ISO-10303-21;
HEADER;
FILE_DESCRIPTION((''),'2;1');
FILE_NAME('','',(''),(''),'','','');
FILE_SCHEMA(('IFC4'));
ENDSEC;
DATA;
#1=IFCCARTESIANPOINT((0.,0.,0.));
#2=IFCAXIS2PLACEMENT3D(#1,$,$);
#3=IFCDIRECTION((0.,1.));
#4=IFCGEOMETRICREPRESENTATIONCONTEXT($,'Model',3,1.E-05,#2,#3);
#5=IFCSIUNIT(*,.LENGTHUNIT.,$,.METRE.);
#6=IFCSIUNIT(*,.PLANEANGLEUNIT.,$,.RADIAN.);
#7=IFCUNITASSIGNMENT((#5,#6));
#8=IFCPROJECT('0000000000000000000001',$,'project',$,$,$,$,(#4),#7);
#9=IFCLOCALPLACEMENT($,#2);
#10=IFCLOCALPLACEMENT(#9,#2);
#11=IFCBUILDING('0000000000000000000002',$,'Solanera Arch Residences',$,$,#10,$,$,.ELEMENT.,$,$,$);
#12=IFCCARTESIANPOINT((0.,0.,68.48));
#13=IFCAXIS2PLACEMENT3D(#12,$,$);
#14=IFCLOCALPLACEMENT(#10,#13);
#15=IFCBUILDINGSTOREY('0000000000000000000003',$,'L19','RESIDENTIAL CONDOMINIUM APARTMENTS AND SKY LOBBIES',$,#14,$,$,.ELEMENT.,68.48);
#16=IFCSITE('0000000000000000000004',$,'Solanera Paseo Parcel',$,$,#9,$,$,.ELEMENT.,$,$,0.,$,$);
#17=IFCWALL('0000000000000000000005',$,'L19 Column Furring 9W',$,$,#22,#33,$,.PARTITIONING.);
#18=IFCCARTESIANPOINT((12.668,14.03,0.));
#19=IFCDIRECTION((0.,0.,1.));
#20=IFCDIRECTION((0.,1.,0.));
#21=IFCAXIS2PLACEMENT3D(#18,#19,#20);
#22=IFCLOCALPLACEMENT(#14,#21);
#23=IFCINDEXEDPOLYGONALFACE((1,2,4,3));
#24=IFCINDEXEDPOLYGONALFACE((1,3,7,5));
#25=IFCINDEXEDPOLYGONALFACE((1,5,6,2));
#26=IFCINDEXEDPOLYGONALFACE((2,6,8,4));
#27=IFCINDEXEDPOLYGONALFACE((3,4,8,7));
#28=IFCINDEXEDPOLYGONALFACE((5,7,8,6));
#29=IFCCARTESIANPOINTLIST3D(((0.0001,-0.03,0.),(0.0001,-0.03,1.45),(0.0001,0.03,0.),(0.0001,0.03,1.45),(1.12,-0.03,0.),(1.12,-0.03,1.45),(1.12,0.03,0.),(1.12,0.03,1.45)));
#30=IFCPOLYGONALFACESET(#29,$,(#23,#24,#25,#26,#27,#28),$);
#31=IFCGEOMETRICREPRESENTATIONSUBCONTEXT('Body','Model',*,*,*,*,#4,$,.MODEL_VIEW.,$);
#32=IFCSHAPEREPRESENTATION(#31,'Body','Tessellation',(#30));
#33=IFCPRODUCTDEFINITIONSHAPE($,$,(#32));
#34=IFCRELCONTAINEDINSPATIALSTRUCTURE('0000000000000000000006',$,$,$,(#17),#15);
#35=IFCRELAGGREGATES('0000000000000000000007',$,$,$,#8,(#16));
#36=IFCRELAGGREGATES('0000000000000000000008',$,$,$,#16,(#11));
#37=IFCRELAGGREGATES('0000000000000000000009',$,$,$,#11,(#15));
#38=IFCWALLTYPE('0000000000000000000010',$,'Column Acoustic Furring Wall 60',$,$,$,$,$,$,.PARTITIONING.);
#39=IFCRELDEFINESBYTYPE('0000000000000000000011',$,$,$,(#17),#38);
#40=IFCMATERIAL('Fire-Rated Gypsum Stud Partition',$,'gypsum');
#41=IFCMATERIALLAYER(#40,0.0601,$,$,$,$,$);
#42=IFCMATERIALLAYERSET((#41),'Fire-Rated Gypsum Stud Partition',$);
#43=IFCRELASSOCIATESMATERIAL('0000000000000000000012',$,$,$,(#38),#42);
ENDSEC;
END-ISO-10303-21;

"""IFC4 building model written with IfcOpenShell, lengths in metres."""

from ifc_helpers import new_model, si_unit, direction, frame, frame_2d, origin, place, context, subcontext, project, spatial, rectangle, extrude, material, layer, layer_set, type_object, element, save


model = new_model("IFC4")

# Units and contexts
model_context = context("Model", 3, precision=1e-05, world=origin(), true_north=direction((0.0, 1.0)))
body_context = subcontext(model_context, "Body", "Model", "MODEL_VIEW")
ifc_project = project(units=[si_unit("LENGTHUNIT", "METRE"), si_unit("PLANEANGLEUNIT", "RADIAN")], contexts=[model_context])

# Site, building, storey
site_placement = place(None, origin())
site = spatial("IfcSite", under=ifc_project, at=site_placement, Name="Solanera Paseo Parcel", CompositionType="ELEMENT", RefElevation=0.0)
building_placement = place(site_placement, origin())
building = spatial("IfcBuilding", under=site, at=building_placement, Name="Solanera Arch Residences", CompositionType="ELEMENT")
storey_placement = place(building_placement, frame((0.0, 0.0, 68.48)))
storey = spatial("IfcBuildingStorey", under=building, at=storey_placement, Name="L19", Description="RESIDENTIAL CONDOMINIUM APARTMENTS AND SKY LOBBIES", CompositionType="ELEMENT", Elevation=68.48)

# Wall
ifc_material_1 = material(Name="Fire-Rated Gypsum Stud Partition", Category="gypsum")
ifc_layer_1 = layer(ifc_material_1, 0.0601)
ifc_layer_set_1 = layer_set([ifc_layer_1], Name="Fire-Rated Gypsum Stud Partition")
wall_type_1 = type_object("IfcWallType", Name="Column Acoustic Furring Wall 60", PredefinedType="PARTITIONING", material=ifc_layer_set_1)
wall_1_placement = place(storey_placement, frame((12.668, 14.03, 0.0), z_axis=(0.0, 0.0, 1.0), x_axis=(0.0, 1.0, 0.0)))
element("IfcWall", 1, at=wall_1_placement, inside=storey, type_object=wall_type_1, Name="L19 Column Furring 9W", PredefinedType="PARTITIONING", context=body_context, shape_type="SweptSolid", body=[
    extrude(rectangle(XDim=1.1199, YDim=0.0601, at=frame_2d((0.5601, 0.0))), origin(), (0.0, 0.0, 1.0), 1.45),
])

save(model, "model.ifc")
